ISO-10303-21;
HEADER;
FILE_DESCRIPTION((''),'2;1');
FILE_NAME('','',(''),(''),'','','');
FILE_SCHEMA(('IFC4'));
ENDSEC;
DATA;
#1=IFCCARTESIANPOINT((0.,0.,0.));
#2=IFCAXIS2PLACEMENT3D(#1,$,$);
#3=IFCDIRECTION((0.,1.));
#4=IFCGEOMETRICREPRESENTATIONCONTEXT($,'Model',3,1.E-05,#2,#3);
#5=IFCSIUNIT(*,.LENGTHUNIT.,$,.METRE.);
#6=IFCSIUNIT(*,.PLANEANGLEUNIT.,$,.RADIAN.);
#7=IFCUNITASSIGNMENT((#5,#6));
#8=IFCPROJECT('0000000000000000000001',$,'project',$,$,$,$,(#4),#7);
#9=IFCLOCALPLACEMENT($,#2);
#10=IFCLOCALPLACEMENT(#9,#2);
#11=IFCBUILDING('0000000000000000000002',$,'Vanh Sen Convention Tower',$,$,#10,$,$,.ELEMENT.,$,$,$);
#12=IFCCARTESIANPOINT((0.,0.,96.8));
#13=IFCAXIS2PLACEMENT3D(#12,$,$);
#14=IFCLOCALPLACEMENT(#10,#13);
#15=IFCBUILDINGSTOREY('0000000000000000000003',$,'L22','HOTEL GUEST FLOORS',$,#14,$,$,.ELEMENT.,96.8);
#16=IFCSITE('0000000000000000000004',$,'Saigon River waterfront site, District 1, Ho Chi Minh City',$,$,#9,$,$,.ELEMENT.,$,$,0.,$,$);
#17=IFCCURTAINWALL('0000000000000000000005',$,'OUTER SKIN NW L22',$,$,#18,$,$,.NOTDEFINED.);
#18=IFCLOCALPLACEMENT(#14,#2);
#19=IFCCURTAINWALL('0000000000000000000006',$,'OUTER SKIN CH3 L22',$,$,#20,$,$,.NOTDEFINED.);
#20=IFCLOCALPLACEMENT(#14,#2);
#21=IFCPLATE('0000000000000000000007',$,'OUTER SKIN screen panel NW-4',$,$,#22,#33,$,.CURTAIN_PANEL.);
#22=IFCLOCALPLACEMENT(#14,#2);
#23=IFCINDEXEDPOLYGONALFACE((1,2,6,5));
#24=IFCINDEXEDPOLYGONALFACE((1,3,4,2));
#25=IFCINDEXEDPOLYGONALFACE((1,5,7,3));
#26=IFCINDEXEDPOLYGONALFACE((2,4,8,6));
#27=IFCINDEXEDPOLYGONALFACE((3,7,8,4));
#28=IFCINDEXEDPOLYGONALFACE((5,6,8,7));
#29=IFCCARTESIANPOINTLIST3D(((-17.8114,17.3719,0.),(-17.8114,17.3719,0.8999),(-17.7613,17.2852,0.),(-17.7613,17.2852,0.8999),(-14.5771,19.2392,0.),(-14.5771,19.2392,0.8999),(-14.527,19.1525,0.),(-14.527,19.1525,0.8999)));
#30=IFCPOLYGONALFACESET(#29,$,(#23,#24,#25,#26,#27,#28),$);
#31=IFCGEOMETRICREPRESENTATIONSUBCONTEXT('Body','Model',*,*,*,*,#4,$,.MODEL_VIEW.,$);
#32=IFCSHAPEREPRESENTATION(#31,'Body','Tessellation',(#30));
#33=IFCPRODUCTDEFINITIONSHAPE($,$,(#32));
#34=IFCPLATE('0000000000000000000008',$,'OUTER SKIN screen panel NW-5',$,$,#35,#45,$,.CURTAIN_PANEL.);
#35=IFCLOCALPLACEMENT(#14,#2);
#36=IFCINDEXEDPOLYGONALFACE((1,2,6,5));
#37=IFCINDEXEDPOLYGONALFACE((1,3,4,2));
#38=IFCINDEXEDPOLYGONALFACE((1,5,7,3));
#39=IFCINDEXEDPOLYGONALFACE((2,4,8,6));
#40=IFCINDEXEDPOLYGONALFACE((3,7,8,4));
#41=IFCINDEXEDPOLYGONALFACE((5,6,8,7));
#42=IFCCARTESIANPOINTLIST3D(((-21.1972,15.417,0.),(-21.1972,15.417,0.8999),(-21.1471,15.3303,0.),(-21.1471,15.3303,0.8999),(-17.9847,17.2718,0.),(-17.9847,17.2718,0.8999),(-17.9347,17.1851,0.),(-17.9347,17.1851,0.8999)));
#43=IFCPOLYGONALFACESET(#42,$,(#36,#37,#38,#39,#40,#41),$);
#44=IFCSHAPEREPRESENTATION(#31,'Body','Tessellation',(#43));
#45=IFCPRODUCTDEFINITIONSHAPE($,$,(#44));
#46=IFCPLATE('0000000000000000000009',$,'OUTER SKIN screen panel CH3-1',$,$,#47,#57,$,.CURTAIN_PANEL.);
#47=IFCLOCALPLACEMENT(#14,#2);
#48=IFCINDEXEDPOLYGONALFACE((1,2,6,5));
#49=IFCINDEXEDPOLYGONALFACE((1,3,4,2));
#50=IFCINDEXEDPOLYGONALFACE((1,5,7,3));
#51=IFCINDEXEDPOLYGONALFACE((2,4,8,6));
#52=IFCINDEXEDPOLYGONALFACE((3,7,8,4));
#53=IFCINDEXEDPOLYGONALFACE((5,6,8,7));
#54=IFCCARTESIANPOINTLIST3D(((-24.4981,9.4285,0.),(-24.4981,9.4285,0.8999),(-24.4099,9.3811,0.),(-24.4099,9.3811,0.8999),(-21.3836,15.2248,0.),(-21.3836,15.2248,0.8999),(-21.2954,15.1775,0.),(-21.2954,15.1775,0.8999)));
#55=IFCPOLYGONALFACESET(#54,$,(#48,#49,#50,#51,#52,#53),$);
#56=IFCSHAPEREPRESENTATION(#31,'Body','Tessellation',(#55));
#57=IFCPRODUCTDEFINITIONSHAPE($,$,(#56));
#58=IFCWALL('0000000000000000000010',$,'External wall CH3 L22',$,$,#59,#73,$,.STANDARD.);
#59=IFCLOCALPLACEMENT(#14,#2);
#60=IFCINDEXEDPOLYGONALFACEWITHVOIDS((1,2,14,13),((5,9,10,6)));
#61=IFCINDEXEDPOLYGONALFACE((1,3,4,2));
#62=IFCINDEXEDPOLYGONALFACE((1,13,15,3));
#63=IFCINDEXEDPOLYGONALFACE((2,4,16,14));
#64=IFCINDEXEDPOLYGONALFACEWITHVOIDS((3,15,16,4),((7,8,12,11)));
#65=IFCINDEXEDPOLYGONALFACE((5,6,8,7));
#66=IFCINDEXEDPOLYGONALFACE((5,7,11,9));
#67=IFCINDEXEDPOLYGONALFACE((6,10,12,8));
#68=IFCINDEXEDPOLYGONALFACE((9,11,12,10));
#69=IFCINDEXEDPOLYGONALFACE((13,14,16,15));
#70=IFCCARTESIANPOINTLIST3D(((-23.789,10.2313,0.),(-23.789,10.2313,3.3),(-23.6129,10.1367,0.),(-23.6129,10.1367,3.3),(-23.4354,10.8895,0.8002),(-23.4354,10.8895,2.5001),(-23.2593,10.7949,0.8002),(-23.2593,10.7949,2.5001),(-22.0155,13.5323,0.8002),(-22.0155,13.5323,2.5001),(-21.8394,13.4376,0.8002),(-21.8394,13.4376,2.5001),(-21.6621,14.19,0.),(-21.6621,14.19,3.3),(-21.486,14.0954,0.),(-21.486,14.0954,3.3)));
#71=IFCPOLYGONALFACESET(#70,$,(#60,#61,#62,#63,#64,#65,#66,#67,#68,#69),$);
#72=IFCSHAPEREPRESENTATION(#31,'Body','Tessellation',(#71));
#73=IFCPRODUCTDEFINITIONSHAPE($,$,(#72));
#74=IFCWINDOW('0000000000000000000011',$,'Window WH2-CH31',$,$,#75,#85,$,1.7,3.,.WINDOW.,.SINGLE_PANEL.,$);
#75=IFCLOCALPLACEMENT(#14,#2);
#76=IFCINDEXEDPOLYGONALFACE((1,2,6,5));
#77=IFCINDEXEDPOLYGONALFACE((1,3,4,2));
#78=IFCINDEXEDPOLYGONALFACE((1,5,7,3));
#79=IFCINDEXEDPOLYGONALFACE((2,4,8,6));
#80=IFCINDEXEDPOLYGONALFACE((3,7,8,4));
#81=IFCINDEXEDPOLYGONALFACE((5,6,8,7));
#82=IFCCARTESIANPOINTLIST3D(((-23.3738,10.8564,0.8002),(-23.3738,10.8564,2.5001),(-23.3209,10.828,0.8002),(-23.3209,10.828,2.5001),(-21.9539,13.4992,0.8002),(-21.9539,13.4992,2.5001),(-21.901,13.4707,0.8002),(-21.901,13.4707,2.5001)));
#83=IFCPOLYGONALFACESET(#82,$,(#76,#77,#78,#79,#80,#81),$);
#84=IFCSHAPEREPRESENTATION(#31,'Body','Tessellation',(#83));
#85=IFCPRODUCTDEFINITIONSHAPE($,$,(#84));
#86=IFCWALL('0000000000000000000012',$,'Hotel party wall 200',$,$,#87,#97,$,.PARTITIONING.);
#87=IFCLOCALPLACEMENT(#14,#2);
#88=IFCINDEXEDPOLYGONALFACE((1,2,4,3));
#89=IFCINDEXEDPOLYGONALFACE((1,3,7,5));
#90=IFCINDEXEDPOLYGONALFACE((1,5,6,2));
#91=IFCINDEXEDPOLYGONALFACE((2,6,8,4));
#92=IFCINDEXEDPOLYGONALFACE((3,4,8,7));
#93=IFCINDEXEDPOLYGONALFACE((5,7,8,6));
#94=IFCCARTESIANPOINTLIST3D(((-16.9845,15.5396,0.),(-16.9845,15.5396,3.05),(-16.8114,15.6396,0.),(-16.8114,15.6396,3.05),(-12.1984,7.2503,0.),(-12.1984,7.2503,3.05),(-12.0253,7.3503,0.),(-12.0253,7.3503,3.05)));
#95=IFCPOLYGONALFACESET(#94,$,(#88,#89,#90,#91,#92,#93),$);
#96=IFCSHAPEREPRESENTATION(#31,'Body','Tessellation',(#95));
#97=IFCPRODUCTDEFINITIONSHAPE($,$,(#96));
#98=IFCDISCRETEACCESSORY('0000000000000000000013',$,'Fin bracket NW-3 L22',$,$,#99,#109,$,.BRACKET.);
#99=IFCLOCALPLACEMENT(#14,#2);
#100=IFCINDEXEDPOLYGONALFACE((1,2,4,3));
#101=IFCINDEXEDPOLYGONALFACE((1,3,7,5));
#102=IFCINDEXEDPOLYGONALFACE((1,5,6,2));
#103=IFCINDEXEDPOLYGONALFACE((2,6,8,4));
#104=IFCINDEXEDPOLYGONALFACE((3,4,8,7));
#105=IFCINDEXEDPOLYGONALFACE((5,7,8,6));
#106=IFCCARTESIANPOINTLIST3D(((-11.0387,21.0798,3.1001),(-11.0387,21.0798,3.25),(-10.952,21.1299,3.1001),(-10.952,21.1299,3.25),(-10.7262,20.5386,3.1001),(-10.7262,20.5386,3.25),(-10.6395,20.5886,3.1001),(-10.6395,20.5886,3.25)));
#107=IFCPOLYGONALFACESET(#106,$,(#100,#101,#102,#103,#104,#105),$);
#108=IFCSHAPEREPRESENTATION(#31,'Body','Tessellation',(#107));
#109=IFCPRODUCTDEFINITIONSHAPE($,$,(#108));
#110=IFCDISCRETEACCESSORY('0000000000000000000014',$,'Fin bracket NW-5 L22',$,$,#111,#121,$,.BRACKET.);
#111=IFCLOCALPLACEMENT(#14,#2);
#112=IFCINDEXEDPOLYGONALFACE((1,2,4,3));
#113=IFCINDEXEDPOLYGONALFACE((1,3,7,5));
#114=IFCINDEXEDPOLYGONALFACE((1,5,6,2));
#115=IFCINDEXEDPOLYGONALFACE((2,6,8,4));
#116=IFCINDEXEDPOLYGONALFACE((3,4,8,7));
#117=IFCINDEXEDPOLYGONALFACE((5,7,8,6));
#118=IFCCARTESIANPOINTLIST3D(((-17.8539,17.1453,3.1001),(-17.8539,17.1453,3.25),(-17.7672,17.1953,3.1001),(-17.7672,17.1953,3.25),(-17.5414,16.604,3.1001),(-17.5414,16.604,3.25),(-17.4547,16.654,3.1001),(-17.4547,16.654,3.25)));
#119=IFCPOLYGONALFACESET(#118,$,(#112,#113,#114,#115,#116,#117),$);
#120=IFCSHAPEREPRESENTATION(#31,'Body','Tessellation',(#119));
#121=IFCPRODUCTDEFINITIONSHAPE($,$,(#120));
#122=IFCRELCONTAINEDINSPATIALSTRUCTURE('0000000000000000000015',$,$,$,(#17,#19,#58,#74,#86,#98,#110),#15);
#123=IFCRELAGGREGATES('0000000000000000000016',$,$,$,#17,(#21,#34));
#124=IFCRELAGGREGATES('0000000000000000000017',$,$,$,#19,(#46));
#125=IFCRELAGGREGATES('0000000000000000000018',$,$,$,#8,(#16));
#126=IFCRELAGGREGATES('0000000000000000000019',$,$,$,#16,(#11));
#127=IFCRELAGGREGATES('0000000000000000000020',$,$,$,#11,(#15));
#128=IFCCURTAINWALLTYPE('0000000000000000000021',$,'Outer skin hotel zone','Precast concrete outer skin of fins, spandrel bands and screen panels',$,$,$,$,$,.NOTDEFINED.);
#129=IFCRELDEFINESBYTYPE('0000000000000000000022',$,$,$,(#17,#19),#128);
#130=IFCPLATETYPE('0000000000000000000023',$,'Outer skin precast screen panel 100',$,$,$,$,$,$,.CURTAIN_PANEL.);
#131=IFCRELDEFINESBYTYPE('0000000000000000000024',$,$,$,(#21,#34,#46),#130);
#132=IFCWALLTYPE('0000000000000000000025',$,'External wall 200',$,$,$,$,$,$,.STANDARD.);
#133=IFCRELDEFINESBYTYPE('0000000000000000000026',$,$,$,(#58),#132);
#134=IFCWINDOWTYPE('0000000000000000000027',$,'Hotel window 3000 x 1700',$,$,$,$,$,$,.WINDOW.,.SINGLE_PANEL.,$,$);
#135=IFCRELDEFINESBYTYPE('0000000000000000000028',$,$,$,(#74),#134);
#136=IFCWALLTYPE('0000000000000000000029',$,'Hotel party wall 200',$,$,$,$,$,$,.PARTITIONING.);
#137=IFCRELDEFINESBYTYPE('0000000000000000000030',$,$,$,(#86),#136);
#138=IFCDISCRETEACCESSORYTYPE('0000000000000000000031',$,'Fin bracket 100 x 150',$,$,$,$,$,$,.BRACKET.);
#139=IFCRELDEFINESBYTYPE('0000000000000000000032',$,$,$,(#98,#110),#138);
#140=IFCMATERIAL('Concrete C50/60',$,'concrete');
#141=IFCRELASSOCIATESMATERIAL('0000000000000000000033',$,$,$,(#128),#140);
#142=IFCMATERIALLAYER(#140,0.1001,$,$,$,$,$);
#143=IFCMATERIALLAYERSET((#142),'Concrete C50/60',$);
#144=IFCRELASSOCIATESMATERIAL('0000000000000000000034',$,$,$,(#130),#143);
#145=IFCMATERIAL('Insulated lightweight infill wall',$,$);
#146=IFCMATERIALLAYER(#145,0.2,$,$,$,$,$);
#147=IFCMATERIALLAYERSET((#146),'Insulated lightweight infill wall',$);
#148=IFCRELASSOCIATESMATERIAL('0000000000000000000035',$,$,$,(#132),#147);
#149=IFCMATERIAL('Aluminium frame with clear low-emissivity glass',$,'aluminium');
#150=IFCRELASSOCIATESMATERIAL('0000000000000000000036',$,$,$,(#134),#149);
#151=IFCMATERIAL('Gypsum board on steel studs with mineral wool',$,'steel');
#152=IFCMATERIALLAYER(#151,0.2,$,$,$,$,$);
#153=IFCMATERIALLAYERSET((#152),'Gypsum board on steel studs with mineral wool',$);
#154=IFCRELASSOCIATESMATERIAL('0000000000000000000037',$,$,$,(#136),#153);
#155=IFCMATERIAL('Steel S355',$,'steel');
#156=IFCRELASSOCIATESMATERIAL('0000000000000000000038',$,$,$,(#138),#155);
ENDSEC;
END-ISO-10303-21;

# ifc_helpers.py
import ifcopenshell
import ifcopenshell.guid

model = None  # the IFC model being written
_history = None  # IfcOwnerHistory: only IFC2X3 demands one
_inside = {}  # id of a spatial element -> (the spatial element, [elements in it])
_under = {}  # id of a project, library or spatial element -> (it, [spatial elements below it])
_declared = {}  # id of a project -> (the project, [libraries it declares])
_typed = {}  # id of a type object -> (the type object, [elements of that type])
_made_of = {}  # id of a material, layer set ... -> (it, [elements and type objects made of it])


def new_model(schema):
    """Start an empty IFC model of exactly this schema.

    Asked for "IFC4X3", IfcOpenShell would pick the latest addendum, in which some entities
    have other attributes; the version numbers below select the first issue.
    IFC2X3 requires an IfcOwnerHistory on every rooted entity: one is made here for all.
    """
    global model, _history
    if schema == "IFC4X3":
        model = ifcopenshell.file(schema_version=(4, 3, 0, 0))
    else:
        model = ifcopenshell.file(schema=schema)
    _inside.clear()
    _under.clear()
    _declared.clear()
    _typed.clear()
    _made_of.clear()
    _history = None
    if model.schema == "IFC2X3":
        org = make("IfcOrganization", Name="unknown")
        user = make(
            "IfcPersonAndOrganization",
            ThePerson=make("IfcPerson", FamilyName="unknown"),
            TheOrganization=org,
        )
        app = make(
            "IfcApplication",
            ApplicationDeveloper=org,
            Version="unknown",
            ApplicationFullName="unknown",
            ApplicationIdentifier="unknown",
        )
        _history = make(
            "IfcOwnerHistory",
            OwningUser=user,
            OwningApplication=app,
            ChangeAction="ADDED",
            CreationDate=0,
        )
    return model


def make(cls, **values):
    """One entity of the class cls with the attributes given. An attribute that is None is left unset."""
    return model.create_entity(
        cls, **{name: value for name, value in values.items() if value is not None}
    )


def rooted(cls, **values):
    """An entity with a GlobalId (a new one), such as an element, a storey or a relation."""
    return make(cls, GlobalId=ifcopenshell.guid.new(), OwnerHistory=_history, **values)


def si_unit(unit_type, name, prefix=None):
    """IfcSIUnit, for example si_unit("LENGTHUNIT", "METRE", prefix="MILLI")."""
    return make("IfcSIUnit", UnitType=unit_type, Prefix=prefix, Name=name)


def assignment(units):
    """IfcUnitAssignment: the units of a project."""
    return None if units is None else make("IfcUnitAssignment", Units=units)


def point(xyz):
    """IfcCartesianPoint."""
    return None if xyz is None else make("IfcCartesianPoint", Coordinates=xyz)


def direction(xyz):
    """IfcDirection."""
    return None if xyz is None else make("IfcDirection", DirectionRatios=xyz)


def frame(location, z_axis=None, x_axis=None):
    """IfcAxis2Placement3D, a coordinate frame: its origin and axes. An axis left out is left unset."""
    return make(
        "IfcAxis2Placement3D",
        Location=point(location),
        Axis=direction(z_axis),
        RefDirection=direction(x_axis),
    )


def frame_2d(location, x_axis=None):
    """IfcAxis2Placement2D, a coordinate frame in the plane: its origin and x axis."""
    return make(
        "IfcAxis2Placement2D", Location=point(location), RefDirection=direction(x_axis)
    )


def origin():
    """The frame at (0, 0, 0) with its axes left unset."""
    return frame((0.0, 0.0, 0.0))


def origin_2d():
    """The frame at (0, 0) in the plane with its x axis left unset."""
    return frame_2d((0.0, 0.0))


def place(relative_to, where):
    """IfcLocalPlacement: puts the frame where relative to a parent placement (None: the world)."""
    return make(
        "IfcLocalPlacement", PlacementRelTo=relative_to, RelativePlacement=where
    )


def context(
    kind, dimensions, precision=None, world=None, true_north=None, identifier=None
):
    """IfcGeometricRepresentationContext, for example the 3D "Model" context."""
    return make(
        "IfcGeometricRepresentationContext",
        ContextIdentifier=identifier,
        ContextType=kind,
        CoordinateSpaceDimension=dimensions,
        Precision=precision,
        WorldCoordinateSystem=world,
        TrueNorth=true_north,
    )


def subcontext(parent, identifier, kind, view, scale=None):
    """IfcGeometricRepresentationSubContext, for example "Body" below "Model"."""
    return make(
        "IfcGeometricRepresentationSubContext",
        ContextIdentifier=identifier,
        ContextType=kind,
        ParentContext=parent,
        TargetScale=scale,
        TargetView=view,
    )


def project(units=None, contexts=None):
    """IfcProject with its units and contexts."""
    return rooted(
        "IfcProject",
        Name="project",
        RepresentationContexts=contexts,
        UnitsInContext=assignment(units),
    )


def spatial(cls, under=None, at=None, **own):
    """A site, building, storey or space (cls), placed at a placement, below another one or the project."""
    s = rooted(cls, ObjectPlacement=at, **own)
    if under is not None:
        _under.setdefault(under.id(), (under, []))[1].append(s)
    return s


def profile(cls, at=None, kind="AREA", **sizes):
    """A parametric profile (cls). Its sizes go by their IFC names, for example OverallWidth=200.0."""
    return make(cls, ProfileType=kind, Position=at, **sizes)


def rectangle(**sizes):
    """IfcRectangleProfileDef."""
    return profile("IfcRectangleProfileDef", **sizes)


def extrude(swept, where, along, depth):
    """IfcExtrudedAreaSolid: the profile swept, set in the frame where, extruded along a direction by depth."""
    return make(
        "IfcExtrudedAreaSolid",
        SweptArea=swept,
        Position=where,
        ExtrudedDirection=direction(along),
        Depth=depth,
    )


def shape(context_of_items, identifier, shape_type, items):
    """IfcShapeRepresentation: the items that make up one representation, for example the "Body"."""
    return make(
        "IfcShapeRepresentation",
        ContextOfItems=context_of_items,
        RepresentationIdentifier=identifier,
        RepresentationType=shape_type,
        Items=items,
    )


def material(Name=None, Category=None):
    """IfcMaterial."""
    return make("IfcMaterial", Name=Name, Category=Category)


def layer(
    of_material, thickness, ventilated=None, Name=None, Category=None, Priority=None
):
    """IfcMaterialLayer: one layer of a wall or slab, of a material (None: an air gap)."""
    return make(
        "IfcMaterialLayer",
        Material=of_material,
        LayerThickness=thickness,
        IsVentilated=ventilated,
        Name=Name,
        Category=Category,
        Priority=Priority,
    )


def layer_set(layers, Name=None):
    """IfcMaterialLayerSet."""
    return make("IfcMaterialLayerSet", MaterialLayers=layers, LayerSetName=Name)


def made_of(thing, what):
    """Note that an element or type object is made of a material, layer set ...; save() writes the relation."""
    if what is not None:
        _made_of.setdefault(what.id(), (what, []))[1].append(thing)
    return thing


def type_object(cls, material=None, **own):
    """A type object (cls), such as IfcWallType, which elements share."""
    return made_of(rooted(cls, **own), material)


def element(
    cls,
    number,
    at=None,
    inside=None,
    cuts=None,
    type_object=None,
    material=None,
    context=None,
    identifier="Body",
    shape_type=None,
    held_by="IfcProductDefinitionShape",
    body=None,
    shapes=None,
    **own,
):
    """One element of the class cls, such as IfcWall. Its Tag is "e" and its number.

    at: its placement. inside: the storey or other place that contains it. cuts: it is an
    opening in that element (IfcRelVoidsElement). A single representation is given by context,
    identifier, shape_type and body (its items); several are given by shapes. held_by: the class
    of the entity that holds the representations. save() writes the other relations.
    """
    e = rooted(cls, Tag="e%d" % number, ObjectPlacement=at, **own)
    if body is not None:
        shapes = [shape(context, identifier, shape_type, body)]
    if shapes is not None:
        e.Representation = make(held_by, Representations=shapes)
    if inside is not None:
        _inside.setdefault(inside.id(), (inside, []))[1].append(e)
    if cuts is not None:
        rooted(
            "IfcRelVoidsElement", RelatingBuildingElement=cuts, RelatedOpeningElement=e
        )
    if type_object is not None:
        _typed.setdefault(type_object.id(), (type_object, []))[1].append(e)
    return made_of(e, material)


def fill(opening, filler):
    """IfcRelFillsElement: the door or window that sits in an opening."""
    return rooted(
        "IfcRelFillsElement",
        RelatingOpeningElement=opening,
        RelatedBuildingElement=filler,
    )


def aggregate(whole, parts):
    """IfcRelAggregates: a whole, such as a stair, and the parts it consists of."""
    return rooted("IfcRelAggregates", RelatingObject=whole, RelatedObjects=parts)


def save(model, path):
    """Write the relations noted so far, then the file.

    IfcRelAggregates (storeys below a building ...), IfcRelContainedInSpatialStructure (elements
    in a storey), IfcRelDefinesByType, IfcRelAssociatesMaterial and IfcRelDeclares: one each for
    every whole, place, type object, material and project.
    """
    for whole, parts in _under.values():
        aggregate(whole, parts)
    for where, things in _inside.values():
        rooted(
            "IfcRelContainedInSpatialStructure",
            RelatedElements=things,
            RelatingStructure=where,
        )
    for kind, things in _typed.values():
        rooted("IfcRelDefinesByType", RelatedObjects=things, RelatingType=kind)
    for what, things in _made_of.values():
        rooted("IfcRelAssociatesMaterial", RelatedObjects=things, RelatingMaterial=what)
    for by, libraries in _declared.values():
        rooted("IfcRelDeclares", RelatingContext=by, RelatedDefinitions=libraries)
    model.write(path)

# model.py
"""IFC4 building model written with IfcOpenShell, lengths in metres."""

from ifc_helpers import new_model, si_unit, direction, frame, frame_2d, origin, origin_2d, place, context, subcontext, project, spatial, rectangle, extrude, material, layer, layer_set, type_object, element, fill, aggregate, save


model = new_model("IFC4")

# Units and contexts
model_context = context("Model", 3, precision=1e-05, world=origin(), true_north=direction((0.0, 1.0)))
body_context = subcontext(model_context, "Body", "Model", "MODEL_VIEW")
ifc_project = project(units=[si_unit("LENGTHUNIT", "METRE"), si_unit("PLANEANGLEUNIT", "RADIAN")], contexts=[model_context])

# Site, building, storey
site_placement = place(None, origin())
site = spatial("IfcSite", under=ifc_project, at=site_placement, Name="Saigon River waterfront site, District 1, Ho Chi Minh City", CompositionType="ELEMENT", RefElevation=0.0)
building_placement = place(site_placement, origin())
building = spatial("IfcBuilding", under=site, at=building_placement, Name="Vanh Sen Convention Tower", CompositionType="ELEMENT")
storey_placement = place(building_placement, frame((0.0, 0.0, 96.8)))
storey = spatial("IfcBuildingStorey", under=building, at=storey_placement, Name="L22", Description="HOTEL GUEST FLOORS", CompositionType="ELEMENT", Elevation=96.8)

# Curtain wall
ifc_material_1 = material(Name="Concrete C50/60", Category="concrete")
curtain_wall_type = type_object("IfcCurtainWallType", Name="Outer skin hotel zone", Description="Precast concrete outer skin of fins, spandrel bands and screen panels", PredefinedType="NOTDEFINED", material=ifc_material_1)
curtain_wall_1_placement = place(storey_placement, origin())
curtain_wall_1 = element("IfcCurtainWall", 1, at=curtain_wall_1_placement, inside=storey, type_object=curtain_wall_type, Name="OUTER SKIN NW L22", PredefinedType="NOTDEFINED")

# Curtain wall
curtain_wall_2_placement = place(storey_placement, origin())
curtain_wall_2 = element("IfcCurtainWall", 2, at=curtain_wall_2_placement, inside=storey, type_object=curtain_wall_type, Name="OUTER SKIN CH3 L22", PredefinedType="NOTDEFINED")

# Plates
ifc_layer_1 = layer(ifc_material_1, 0.1001)
ifc_layer_set_1 = layer_set([ifc_layer_1], Name="Concrete C50/60")
plate_type = type_object("IfcPlateType", Name="Outer skin precast screen panel 100", PredefinedType="CURTAIN_PANEL", material=ifc_layer_set_1)
plate_1_placement = place(storey_placement, frame((-16.1692, 18.2622, 0.0), z_axis=(0.0, 0.0, 1.0), x_axis=(-0.866028, -0.499995, 0.0)))
plate_1 = element("IfcPlate", 3, at=plate_1_placement, type_object=plate_type, Name="OUTER SKIN screen panel NW-4", PredefinedType="CURTAIN_PANEL", context=body_context, shape_type="SweptSolid", body=[
    extrude(rectangle(XDim=3.7346, YDim=0.1001, at=origin_2d()), origin(), (0.0, 0.0, 1.0), 0.8999),
])
plate_2_placement = place(storey_placement, frame((-19.5659, 16.301, 0.0), z_axis=(0.0, 0.0, 1.0), x_axis=(-0.866021, -0.500008, 0.0)))
plate_2 = element("IfcPlate", 4, at=plate_2_placement, type_object=plate_type, Name="OUTER SKIN screen panel NW-5", PredefinedType="CURTAIN_PANEL", context=body_context, shape_type="SweptSolid", body=[
    extrude(rectangle(XDim=3.7095, YDim=0.1001, at=origin_2d()), origin(), (0.0, 0.0, 1.0), 0.8999),
])
aggregate(curtain_wall_1, [plate_1, plate_2])
plate_3_placement = place(storey_placement, frame((-22.8967, 12.303, 0.0), z_axis=(0.0, 0.0, 1.0), x_axis=(-0.473318, -0.880892, 0.0)))
plate_3 = element("IfcPlate", 5, at=plate_3_placement, type_object=plate_type, Name="OUTER SKIN screen panel CH3-1", PredefinedType="CURTAIN_PANEL", context=body_context, shape_type="SweptSolid", body=[
    extrude(rectangle(XDim=6.5801, YDim=0.1001, at=origin_2d()), origin(), (0.0, 0.0, 1.0), 0.8999),
])
aggregate(curtain_wall_2, [plate_3])

# Wall, opening, window
ifc_material_2 = material(Name="Insulated lightweight infill wall")
ifc_layer_2 = layer(ifc_material_2, 0.2)
ifc_layer_set_2 = layer_set([ifc_layer_2], Name="Insulated lightweight infill wall")
wall_type_1 = type_object("IfcWallType", Name="External wall 200", PredefinedType="STANDARD", material=ifc_layer_set_2)
wall_1_placement = place(storey_placement, frame((-21.574, 14.1428, 0.0), z_axis=(0.0, 0.0, 1.0), x_axis=(-0.473293, -0.880905, 0.0)))
wall_1 = element("IfcWall", 6, at=wall_1_placement, inside=storey, type_object=wall_type_1, Name="External wall CH3 L22", PredefinedType="STANDARD", context=body_context, shape_type="SweptSolid", body=[
    extrude(rectangle(XDim=4.4939, YDim=0.2, at=frame_2d((2.2471, 0.0))), origin(), (0.0, 0.0, 1.0), 3.3),
])
opening_placement = place(wall_1_placement, frame((0.7468, 0.0, 0.8)))
opening = element("IfcOpeningElement", 7, at=opening_placement, cuts=wall_1, PredefinedType="OPENING", context=body_context, shape_type="SweptSolid", body=[
    extrude(rectangle(XDim=3.0, YDim=1.7, at=frame_2d((1.5, 0.8501))), frame((0.0, 0.1099, 0.0), z_axis=(0.0, -1.0, 0.0), x_axis=(1.0, 0.0, 0.0)), (0.0, 0.0, 1.0), 0.22),
])
ifc_material_3 = material(Name="Aluminium frame with clear low-emissivity glass", Category="aluminium")
window_type = type_object("IfcWindowType", Name="Hotel window 3000 x 1700", PartitioningType="SINGLE_PANEL", PredefinedType="WINDOW", material=ifc_material_3)
window_placement = place(opening_placement, origin())
window = element("IfcWindow", 8, at=window_placement, inside=storey, type_object=window_type, Name="Window WH2-CH31", OverallHeight=1.7, OverallWidth=3.0, PartitioningType="SINGLE_PANEL", PredefinedType="WINDOW", context=body_context, shape_type="SweptSolid", body=[
    extrude(rectangle(XDim=3.0, YDim=1.7, at=frame_2d((1.5, 0.8501))), frame((0.0, 0.03, 0.0), z_axis=(0.0, -1.0, 0.0), x_axis=(1.0, 0.0, 0.0)), (0.0, 0.0, 1.0), 0.0601),
])
fill(opening, window)

# Wall
ifc_material_4 = material(Name="Gypsum board on steel studs with mineral wool", Category="steel")
ifc_layer_3 = layer(ifc_material_4, 0.2)
ifc_layer_set_3 = layer_set([ifc_layer_3], Name="Gypsum board on steel studs with mineral wool")
wall_type_2 = type_object("IfcWallType", Name="Hotel party wall 200", PredefinedType="PARTITIONING", material=ifc_layer_set_3)
wall_2_placement = place(storey_placement, frame((-16.8979, 15.5896, 0.0), z_axis=(0.0, 0.0, 1.0), x_axis=(0.500023, -0.866012, 0.0)))
element("IfcWall", 9, at=wall_2_placement, inside=storey, type_object=wall_type_2, Name="Hotel party wall 200", PredefinedType="PARTITIONING", context=body_context, shape_type="SweptSolid", body=[
    extrude(rectangle(XDim=9.5718, YDim=0.2, at=frame_2d((4.7859, 0.0))), origin(), (0.0, 0.0, 1.0), 3.05),
])

# Discrete accessories
ifc_material_5 = material(Name="Steel S355", Category="steel")
discrete_accessory_type = type_object("IfcDiscreteAccessoryType", Name="Fin bracket 100 x 150", PredefinedType="BRACKET", material=ifc_material_5)
for number, where, z_axis, x_axis, name in (
    (10, (-10.8391, 20.8342, 3.1001), (0.0, 0.0, 1.0), (-0.5, 0.866025, 0.0), "Fin bracket NW-3 L22"),
    (11, (-17.6543, 16.8997, 3.1001), (0.0, 0.0, 1.0), (-0.5, 0.866025, 0.0), "Fin bracket NW-5 L22"),
):
    element("IfcDiscreteAccessory", number, at=place(storey_placement, frame(where, z_axis=z_axis, x_axis=x_axis)), inside=storey, type_object=discrete_accessory_type, Name=name, PredefinedType="BRACKET", context=body_context, shape_type="SweptSolid", body=[
        extrude(rectangle(XDim=0.625, YDim=0.1001, at=origin_2d()), origin(), (0.0, 0.0, 1.0), 0.1499),
    ])

save(model, "model.ifc")
